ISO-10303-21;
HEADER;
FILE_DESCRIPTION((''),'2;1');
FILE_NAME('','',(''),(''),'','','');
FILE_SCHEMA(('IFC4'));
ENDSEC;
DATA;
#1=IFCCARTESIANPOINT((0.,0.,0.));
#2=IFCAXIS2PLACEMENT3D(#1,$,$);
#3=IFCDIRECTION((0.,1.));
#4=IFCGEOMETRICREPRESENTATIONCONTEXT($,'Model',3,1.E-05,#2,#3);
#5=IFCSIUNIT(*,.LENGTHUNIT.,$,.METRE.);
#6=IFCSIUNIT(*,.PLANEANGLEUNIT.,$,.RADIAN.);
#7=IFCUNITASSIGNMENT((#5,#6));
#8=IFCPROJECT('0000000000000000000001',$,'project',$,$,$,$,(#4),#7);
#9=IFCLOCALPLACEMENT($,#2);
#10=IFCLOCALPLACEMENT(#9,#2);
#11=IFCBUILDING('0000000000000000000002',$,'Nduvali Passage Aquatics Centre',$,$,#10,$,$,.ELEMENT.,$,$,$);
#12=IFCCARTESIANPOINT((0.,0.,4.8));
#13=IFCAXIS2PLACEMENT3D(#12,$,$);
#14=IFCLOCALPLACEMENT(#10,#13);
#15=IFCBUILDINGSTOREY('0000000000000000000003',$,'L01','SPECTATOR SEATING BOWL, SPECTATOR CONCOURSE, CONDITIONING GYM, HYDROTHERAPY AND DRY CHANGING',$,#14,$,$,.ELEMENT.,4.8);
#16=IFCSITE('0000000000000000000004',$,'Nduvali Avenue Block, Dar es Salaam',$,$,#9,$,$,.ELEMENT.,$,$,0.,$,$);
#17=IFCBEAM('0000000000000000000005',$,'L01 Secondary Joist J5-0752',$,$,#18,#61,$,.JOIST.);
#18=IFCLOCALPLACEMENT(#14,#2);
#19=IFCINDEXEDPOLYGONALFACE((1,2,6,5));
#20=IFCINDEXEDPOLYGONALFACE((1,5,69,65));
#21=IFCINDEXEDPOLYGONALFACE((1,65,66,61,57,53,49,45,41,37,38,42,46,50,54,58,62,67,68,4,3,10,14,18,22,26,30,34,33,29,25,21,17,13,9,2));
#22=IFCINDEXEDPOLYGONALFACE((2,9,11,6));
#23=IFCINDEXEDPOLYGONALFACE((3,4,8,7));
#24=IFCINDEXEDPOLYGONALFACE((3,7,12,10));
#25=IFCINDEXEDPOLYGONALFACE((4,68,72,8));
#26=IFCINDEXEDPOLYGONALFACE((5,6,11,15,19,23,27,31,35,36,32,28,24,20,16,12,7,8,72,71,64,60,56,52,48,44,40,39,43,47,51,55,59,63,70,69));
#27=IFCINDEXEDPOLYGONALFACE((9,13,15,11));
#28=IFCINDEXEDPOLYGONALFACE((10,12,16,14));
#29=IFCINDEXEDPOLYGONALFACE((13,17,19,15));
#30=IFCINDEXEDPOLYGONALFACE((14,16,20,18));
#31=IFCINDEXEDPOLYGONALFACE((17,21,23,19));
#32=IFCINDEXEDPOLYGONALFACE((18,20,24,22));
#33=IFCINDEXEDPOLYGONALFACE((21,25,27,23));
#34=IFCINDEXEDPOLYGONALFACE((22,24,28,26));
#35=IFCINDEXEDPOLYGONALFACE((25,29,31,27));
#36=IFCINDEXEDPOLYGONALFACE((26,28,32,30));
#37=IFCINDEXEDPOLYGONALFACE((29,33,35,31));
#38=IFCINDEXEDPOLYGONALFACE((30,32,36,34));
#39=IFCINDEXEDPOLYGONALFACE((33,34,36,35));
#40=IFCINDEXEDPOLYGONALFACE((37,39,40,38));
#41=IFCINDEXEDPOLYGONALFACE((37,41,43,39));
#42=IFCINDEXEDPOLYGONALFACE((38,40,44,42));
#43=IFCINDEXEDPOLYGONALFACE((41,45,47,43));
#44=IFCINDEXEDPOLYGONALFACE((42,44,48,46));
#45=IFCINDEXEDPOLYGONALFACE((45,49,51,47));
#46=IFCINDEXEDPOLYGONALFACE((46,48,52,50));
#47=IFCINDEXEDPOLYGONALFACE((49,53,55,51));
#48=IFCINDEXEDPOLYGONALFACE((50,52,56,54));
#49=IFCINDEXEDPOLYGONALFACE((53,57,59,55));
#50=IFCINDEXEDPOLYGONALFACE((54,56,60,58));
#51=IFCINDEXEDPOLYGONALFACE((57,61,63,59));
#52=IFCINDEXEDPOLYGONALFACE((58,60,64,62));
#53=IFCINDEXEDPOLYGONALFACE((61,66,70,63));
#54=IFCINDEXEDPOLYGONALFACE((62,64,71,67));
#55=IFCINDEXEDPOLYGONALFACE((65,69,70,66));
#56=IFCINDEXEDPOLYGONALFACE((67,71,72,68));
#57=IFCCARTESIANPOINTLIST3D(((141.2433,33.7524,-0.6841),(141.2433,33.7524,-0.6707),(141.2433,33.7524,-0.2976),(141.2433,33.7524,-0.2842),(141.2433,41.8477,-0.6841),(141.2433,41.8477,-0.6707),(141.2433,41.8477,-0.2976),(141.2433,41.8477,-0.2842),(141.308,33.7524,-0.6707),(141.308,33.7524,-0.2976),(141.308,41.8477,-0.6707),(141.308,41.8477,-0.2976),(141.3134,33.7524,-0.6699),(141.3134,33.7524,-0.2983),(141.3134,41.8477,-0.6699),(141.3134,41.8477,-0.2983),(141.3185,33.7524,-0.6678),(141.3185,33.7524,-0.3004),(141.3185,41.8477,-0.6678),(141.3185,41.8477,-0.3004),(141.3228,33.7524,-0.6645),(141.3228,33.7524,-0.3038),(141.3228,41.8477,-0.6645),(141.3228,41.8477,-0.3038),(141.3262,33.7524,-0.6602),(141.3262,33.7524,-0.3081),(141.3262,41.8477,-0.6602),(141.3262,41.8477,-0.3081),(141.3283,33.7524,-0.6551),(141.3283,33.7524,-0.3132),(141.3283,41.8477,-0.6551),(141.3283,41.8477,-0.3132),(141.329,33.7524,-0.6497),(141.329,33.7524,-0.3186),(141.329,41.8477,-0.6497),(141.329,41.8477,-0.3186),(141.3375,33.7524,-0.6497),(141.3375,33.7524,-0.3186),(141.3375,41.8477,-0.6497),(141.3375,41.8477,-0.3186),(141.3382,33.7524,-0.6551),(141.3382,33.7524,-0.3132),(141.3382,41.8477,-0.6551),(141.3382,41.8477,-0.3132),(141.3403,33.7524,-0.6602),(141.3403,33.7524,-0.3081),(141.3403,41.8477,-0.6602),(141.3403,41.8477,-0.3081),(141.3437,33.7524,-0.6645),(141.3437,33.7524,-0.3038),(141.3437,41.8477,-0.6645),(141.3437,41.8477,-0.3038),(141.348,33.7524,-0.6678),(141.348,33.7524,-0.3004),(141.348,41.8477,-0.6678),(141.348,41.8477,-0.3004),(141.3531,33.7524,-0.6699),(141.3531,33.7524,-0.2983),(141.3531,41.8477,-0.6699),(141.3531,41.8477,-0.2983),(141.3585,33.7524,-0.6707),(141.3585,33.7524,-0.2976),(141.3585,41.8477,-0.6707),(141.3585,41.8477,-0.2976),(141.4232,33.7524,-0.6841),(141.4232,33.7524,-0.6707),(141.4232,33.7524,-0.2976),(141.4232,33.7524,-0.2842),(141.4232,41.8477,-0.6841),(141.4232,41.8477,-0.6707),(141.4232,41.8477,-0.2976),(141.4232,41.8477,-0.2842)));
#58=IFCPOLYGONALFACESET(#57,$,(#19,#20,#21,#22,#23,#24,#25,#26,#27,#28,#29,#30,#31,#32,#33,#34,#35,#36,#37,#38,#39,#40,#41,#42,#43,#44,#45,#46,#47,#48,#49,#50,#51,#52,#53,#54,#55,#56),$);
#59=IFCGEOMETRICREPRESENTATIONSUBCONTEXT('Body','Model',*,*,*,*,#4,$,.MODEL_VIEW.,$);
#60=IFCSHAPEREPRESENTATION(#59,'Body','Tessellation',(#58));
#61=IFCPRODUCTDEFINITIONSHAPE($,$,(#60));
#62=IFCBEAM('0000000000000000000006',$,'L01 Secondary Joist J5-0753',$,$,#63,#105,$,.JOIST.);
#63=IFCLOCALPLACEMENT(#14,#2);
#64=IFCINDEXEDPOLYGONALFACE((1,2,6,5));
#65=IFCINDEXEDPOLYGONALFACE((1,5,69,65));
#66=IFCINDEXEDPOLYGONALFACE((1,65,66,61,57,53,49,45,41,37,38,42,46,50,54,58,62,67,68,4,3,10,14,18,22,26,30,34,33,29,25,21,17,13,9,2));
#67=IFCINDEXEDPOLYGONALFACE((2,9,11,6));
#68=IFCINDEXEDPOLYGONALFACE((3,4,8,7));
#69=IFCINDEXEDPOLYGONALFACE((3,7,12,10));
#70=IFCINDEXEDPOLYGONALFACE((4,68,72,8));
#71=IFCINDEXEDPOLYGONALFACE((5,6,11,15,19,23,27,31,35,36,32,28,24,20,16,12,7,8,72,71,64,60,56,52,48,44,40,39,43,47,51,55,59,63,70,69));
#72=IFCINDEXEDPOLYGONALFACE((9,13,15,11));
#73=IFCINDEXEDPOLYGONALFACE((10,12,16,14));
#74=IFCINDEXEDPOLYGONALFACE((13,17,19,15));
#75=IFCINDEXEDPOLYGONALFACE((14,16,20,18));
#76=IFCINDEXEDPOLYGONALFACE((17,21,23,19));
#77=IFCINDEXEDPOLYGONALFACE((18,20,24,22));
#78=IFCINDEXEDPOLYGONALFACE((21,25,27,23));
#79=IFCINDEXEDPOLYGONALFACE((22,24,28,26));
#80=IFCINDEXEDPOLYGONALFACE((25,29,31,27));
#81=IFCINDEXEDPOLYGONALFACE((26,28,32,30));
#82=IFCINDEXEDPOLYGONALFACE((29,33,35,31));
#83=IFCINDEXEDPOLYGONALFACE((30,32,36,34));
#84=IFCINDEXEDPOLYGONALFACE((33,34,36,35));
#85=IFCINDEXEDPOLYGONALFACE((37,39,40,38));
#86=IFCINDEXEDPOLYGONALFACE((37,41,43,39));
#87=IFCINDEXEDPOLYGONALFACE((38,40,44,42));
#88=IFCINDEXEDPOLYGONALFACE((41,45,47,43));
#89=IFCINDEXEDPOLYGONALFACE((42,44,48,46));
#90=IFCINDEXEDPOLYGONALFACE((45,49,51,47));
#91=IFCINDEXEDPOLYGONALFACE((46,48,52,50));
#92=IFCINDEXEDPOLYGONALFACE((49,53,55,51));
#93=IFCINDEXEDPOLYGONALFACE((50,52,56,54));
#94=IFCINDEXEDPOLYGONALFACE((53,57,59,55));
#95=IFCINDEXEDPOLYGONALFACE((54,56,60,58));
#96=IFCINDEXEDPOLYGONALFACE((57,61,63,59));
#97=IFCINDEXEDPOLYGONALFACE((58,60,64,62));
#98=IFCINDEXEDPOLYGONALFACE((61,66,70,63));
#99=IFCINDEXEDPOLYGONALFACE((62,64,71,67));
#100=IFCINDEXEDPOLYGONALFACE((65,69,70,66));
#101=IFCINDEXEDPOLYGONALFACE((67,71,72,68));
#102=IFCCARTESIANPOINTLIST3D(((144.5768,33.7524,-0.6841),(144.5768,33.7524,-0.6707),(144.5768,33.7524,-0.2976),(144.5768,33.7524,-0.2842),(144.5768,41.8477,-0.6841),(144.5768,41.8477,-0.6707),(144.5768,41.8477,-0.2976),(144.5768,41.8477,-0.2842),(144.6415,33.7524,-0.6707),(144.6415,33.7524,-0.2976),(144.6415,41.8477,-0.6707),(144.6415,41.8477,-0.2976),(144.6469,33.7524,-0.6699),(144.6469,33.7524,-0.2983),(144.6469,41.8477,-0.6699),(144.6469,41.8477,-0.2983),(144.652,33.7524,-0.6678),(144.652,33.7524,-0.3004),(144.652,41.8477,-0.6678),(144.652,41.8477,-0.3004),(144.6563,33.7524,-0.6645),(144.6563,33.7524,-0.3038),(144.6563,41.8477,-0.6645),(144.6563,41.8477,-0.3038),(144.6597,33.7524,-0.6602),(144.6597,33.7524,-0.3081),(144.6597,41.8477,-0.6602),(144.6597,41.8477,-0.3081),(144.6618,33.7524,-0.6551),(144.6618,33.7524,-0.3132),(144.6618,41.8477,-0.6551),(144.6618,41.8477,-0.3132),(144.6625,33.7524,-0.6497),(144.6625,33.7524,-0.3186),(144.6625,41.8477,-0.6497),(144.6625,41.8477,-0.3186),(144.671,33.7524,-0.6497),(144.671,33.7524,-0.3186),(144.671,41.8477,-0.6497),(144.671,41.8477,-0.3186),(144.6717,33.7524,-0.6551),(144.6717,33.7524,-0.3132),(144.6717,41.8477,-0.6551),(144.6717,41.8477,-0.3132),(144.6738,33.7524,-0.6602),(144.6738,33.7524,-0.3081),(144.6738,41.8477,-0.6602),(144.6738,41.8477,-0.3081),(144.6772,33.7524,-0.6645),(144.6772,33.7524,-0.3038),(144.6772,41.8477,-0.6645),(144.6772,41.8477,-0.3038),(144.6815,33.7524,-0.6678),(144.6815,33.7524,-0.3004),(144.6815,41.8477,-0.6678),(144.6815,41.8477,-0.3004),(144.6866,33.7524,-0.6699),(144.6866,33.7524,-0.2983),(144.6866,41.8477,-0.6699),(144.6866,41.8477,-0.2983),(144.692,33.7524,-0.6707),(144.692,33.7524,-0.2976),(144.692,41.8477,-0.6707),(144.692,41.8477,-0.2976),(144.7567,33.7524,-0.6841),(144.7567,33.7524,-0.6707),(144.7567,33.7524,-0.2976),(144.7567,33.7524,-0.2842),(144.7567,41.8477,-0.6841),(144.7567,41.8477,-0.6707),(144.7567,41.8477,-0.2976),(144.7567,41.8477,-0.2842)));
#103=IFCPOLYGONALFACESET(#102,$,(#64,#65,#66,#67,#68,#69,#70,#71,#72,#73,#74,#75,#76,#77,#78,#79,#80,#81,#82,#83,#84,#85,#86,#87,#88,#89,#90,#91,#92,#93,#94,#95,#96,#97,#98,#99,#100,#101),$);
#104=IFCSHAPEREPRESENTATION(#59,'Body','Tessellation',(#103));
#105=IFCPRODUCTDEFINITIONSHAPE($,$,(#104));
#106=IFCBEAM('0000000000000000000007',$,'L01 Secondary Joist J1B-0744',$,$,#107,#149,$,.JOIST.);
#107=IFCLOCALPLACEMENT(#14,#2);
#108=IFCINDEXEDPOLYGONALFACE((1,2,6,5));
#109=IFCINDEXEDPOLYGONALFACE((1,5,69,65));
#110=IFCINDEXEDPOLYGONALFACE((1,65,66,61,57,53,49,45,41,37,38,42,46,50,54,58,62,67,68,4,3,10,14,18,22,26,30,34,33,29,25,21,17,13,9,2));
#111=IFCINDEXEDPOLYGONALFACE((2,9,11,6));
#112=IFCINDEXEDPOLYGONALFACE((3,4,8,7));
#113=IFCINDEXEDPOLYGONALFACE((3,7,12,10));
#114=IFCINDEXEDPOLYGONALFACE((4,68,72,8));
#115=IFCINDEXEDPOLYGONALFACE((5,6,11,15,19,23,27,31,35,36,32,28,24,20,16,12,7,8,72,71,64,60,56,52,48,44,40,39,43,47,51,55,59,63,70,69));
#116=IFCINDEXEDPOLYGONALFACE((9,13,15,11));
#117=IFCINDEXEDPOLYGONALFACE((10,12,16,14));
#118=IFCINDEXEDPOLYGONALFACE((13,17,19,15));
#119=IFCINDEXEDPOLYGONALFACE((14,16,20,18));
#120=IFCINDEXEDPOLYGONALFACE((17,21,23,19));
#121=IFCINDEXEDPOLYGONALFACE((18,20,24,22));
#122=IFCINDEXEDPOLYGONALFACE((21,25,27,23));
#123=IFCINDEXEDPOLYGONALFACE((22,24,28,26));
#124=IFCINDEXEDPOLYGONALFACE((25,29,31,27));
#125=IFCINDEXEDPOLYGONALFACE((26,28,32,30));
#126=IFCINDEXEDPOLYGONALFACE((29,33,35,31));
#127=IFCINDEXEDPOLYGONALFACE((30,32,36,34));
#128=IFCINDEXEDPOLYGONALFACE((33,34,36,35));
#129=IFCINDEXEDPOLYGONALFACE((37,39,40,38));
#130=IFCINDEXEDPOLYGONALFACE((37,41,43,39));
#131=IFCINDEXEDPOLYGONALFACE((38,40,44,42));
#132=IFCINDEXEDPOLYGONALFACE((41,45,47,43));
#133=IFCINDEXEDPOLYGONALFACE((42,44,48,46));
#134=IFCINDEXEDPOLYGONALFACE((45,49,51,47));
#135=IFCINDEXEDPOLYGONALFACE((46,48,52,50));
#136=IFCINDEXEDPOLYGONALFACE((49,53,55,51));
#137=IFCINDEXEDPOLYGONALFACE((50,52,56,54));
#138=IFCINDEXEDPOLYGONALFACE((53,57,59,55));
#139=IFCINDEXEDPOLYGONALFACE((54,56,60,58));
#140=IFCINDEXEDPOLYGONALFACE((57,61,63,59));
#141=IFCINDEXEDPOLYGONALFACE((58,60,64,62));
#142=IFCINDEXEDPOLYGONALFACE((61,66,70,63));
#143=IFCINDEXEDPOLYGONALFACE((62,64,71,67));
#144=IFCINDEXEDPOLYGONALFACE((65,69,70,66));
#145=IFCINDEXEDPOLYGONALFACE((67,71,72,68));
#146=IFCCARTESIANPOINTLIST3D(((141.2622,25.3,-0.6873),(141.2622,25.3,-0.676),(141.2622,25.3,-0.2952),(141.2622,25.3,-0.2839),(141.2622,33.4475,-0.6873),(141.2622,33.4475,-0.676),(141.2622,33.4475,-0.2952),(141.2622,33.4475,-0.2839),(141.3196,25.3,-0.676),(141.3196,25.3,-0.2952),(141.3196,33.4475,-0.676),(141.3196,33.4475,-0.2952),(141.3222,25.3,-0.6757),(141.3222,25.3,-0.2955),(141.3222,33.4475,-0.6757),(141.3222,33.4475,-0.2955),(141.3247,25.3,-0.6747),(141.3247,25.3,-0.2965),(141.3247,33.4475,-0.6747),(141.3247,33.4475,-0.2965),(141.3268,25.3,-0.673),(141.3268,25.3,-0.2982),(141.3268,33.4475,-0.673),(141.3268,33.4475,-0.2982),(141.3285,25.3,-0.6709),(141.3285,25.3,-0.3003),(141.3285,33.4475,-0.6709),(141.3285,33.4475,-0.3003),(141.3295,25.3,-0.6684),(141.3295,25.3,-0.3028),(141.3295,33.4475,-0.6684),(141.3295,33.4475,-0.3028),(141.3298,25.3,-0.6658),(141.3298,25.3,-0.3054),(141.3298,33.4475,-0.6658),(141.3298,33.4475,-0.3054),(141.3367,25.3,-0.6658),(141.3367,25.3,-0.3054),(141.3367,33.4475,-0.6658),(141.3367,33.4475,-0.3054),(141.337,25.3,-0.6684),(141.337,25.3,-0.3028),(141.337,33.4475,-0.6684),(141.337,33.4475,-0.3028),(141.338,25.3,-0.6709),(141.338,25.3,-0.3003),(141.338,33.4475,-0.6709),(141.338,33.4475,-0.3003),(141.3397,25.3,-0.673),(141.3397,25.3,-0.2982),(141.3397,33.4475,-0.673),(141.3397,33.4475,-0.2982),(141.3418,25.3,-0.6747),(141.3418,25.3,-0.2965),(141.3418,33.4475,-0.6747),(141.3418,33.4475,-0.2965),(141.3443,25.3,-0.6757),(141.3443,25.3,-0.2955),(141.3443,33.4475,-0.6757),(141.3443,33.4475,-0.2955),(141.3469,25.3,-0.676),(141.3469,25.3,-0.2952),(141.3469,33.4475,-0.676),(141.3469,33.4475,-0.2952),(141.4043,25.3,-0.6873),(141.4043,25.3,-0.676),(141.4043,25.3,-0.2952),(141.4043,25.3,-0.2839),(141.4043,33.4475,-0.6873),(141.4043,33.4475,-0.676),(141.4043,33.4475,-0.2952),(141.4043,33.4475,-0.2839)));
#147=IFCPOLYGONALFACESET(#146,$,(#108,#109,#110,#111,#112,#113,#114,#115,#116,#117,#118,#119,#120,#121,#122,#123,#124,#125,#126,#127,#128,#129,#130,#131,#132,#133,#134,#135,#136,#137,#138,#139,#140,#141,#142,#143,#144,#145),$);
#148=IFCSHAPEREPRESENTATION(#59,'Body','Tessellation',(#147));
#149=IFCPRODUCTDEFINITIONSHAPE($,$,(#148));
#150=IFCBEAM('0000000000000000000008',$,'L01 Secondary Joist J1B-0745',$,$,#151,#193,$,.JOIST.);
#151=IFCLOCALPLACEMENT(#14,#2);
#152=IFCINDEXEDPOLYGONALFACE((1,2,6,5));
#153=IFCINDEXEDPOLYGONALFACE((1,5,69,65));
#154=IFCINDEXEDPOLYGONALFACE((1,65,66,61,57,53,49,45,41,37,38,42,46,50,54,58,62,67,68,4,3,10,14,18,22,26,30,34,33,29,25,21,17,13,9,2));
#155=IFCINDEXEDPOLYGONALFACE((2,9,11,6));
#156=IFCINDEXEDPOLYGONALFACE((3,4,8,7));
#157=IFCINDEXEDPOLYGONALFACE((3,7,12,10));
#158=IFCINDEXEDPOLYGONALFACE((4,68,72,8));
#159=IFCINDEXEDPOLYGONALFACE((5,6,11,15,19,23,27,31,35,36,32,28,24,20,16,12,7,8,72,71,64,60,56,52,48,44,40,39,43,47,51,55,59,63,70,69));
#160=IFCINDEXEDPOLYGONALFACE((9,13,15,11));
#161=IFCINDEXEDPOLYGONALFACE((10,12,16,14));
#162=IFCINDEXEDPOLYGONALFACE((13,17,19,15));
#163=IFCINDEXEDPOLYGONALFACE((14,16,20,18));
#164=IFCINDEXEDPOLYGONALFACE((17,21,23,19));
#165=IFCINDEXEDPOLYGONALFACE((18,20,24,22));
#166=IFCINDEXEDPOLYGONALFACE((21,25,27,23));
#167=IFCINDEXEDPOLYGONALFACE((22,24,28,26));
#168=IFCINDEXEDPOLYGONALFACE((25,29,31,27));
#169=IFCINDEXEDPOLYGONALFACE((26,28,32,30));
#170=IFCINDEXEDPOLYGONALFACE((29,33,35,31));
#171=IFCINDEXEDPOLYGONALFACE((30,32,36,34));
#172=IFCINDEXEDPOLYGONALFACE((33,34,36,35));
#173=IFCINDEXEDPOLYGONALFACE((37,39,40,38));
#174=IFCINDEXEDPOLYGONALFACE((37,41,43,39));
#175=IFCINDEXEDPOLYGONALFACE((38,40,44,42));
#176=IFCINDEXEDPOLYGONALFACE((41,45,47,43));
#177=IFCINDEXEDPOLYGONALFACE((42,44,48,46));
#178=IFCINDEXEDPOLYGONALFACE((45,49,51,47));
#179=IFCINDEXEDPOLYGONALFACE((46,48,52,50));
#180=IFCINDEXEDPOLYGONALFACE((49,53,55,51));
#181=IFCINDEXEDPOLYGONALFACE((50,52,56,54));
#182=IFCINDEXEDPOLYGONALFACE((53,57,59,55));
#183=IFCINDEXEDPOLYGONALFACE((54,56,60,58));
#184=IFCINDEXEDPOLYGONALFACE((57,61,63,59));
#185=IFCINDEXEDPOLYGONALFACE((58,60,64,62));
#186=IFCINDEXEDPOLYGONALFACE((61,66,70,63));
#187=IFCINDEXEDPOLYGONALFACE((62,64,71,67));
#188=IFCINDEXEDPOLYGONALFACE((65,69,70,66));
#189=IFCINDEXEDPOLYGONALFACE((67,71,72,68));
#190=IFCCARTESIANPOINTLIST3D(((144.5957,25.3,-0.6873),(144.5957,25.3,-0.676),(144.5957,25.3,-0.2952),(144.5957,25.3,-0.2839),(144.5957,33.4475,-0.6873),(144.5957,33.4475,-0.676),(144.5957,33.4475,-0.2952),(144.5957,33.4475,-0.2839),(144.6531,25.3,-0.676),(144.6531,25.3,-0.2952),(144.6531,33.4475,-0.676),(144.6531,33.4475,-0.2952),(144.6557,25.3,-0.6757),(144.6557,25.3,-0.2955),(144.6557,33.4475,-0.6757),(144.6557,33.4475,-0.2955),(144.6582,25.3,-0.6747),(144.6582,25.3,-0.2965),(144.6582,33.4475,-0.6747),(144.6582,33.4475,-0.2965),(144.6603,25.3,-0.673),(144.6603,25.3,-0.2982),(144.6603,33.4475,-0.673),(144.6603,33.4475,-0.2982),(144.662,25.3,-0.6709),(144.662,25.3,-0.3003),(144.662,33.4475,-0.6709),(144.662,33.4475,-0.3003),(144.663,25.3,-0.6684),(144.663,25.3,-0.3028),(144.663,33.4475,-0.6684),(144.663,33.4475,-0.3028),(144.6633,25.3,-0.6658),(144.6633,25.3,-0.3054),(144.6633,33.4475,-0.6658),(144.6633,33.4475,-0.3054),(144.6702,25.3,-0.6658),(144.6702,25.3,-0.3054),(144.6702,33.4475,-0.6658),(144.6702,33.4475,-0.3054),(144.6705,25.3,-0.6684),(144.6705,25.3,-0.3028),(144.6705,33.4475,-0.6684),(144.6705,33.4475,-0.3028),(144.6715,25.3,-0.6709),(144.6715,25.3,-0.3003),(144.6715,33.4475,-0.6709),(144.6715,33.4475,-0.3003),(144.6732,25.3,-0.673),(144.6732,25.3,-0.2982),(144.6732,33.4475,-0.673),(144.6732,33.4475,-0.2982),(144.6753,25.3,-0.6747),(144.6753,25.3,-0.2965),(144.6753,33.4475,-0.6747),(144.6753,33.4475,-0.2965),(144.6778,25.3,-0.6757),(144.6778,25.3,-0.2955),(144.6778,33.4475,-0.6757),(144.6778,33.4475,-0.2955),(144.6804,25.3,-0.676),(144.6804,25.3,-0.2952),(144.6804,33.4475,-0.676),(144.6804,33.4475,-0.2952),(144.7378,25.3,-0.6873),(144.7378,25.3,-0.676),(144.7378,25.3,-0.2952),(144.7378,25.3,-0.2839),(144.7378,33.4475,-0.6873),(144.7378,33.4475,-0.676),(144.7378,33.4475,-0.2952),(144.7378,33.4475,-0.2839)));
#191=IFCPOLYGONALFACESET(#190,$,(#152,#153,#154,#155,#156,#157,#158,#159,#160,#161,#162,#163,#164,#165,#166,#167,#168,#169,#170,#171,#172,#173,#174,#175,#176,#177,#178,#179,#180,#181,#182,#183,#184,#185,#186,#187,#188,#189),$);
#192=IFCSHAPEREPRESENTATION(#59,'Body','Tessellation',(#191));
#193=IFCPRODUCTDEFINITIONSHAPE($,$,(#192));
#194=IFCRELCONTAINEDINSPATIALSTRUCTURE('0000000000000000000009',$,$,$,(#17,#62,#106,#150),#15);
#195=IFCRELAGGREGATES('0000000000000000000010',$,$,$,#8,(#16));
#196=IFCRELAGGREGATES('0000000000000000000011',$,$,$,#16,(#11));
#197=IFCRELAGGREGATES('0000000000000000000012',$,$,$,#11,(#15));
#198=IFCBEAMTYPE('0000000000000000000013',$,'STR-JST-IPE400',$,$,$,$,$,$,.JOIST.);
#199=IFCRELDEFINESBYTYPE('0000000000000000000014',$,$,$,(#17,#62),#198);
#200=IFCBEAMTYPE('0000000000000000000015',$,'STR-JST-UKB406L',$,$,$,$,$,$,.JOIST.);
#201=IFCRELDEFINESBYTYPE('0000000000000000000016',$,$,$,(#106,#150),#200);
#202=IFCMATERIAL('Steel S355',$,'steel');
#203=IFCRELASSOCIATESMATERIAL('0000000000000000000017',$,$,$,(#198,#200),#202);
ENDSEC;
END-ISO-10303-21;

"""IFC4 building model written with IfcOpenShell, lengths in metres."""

from ifc_helpers import new_model, si_unit, direction, frame, origin, origin_2d, place, context, subcontext, project, spatial, i_section, extrude, material, material_profile, profile_set, type_object, element, save


model = new_model("IFC4")

# Units and contexts
model_context = context("Model", 3, precision=1e-05, world=origin(), true_north=direction((0.0, 1.0)))
body_context = subcontext(model_context, "Body", "Model", "MODEL_VIEW")
ifc_project = project(units=[si_unit("LENGTHUNIT", "METRE"), si_unit("PLANEANGLEUNIT", "RADIAN")], contexts=[model_context])

# Site, building, storey
site_placement = place(None, origin())
site = spatial("IfcSite", under=ifc_project, at=site_placement, Name="Nduvali Avenue Block, Dar es Salaam", CompositionType="ELEMENT", RefElevation=0.0)
building_placement = place(site_placement, origin())
building = spatial("IfcBuilding", under=site, at=building_placement, Name="Nduvali Passage Aquatics Centre", CompositionType="ELEMENT")
storey_placement = place(building_placement, frame((0.0, 0.0, 4.8)))
storey = spatial("IfcBuildingStorey", under=building, at=storey_placement, Name="L01", Description="SPECTATOR SEATING BOWL, SPECTATOR CONCOURSE, CONDITIONING GYM, HYDROTHERAPY AND DRY CHANGING", CompositionType="ELEMENT", Elevation=4.8)

# Shared definitions
ifc_material_1 = material(Name="Steel S355", Category="steel")

# Beams
ifc_material_profile_1 = material_profile(ifc_material_1, i_section(OverallWidth=0.1799, OverallDepth=0.3999, WebThickness=0.0085, FlangeThickness=0.0134, FilletRadius=0.021, at=origin_2d()), Name="IPE 400")
ifc_profile_set_1 = profile_set([ifc_material_profile_1], Name="Steel S355")
beam_type_1 = type_object("IfcBeamType", Name="STR-JST-IPE400", PredefinedType="JOIST", material=ifc_profile_set_1)
for number, where, z_axis, x_axis, name in (
    (1, (141.3333, 33.7524, -0.4841), (0.0, 1.0, 0.0), (-1.0, 0.0, 0.0), "L01 Secondary Joist J5-0752"),
    (2, (144.6667, 33.7524, -0.4841), (0.0, 1.0, 0.0), (-1.0, 0.0, 0.0), "L01 Secondary Joist J5-0753"),
):
    element("IfcBeam", number, at=place(storey_placement, frame(where, z_axis=z_axis, x_axis=x_axis)), inside=storey, type_object=beam_type_1, Name=name, PredefinedType="JOIST", context=body_context, shape_type="SweptSolid", body=[
        extrude(i_section(OverallWidth=0.1799, OverallDepth=0.3999, WebThickness=0.0085, FlangeThickness=0.0134, FilletRadius=0.021, at=origin_2d()), origin(), (0.0, 0.0, 1.0), 8.0952),
    ])
ifc_material_profile_2 = material_profile(ifc_material_1, i_section(OverallWidth=0.1421, OverallDepth=0.4033, WebThickness=0.0068, FlangeThickness=0.0112, FilletRadius=0.0103, at=origin_2d()), Name="UKB 406x140x46")
ifc_profile_set_2 = profile_set([ifc_material_profile_2], Name="Steel S355")
beam_type_2 = type_object("IfcBeamType", Name="STR-JST-UKB406L", PredefinedType="JOIST", material=ifc_profile_set_2)
for number, where, z_axis, x_axis, name in (
    (3, (141.3333, 25.3, -0.4856), (0.0, 1.0, 0.0), (-1.0, 0.0, 0.0), "L01 Secondary Joist J1B-0744"),
    (4, (144.6667, 25.3, -0.4856), (0.0, 1.0, 0.0), (-1.0, 0.0, 0.0), "L01 Secondary Joist J1B-0745"),
):
    element("IfcBeam", number, at=place(storey_placement, frame(where, z_axis=z_axis, x_axis=x_axis)), inside=storey, type_object=beam_type_2, Name=name, PredefinedType="JOIST", context=body_context, shape_type="SweptSolid", body=[
        extrude(i_section(OverallWidth=0.1421, OverallDepth=0.4033, WebThickness=0.0068, FlangeThickness=0.0112, FilletRadius=0.0103, at=origin_2d()), origin(), (0.0, 0.0, 1.0), 8.1475),
    ])

save(model, "model.ifc")
